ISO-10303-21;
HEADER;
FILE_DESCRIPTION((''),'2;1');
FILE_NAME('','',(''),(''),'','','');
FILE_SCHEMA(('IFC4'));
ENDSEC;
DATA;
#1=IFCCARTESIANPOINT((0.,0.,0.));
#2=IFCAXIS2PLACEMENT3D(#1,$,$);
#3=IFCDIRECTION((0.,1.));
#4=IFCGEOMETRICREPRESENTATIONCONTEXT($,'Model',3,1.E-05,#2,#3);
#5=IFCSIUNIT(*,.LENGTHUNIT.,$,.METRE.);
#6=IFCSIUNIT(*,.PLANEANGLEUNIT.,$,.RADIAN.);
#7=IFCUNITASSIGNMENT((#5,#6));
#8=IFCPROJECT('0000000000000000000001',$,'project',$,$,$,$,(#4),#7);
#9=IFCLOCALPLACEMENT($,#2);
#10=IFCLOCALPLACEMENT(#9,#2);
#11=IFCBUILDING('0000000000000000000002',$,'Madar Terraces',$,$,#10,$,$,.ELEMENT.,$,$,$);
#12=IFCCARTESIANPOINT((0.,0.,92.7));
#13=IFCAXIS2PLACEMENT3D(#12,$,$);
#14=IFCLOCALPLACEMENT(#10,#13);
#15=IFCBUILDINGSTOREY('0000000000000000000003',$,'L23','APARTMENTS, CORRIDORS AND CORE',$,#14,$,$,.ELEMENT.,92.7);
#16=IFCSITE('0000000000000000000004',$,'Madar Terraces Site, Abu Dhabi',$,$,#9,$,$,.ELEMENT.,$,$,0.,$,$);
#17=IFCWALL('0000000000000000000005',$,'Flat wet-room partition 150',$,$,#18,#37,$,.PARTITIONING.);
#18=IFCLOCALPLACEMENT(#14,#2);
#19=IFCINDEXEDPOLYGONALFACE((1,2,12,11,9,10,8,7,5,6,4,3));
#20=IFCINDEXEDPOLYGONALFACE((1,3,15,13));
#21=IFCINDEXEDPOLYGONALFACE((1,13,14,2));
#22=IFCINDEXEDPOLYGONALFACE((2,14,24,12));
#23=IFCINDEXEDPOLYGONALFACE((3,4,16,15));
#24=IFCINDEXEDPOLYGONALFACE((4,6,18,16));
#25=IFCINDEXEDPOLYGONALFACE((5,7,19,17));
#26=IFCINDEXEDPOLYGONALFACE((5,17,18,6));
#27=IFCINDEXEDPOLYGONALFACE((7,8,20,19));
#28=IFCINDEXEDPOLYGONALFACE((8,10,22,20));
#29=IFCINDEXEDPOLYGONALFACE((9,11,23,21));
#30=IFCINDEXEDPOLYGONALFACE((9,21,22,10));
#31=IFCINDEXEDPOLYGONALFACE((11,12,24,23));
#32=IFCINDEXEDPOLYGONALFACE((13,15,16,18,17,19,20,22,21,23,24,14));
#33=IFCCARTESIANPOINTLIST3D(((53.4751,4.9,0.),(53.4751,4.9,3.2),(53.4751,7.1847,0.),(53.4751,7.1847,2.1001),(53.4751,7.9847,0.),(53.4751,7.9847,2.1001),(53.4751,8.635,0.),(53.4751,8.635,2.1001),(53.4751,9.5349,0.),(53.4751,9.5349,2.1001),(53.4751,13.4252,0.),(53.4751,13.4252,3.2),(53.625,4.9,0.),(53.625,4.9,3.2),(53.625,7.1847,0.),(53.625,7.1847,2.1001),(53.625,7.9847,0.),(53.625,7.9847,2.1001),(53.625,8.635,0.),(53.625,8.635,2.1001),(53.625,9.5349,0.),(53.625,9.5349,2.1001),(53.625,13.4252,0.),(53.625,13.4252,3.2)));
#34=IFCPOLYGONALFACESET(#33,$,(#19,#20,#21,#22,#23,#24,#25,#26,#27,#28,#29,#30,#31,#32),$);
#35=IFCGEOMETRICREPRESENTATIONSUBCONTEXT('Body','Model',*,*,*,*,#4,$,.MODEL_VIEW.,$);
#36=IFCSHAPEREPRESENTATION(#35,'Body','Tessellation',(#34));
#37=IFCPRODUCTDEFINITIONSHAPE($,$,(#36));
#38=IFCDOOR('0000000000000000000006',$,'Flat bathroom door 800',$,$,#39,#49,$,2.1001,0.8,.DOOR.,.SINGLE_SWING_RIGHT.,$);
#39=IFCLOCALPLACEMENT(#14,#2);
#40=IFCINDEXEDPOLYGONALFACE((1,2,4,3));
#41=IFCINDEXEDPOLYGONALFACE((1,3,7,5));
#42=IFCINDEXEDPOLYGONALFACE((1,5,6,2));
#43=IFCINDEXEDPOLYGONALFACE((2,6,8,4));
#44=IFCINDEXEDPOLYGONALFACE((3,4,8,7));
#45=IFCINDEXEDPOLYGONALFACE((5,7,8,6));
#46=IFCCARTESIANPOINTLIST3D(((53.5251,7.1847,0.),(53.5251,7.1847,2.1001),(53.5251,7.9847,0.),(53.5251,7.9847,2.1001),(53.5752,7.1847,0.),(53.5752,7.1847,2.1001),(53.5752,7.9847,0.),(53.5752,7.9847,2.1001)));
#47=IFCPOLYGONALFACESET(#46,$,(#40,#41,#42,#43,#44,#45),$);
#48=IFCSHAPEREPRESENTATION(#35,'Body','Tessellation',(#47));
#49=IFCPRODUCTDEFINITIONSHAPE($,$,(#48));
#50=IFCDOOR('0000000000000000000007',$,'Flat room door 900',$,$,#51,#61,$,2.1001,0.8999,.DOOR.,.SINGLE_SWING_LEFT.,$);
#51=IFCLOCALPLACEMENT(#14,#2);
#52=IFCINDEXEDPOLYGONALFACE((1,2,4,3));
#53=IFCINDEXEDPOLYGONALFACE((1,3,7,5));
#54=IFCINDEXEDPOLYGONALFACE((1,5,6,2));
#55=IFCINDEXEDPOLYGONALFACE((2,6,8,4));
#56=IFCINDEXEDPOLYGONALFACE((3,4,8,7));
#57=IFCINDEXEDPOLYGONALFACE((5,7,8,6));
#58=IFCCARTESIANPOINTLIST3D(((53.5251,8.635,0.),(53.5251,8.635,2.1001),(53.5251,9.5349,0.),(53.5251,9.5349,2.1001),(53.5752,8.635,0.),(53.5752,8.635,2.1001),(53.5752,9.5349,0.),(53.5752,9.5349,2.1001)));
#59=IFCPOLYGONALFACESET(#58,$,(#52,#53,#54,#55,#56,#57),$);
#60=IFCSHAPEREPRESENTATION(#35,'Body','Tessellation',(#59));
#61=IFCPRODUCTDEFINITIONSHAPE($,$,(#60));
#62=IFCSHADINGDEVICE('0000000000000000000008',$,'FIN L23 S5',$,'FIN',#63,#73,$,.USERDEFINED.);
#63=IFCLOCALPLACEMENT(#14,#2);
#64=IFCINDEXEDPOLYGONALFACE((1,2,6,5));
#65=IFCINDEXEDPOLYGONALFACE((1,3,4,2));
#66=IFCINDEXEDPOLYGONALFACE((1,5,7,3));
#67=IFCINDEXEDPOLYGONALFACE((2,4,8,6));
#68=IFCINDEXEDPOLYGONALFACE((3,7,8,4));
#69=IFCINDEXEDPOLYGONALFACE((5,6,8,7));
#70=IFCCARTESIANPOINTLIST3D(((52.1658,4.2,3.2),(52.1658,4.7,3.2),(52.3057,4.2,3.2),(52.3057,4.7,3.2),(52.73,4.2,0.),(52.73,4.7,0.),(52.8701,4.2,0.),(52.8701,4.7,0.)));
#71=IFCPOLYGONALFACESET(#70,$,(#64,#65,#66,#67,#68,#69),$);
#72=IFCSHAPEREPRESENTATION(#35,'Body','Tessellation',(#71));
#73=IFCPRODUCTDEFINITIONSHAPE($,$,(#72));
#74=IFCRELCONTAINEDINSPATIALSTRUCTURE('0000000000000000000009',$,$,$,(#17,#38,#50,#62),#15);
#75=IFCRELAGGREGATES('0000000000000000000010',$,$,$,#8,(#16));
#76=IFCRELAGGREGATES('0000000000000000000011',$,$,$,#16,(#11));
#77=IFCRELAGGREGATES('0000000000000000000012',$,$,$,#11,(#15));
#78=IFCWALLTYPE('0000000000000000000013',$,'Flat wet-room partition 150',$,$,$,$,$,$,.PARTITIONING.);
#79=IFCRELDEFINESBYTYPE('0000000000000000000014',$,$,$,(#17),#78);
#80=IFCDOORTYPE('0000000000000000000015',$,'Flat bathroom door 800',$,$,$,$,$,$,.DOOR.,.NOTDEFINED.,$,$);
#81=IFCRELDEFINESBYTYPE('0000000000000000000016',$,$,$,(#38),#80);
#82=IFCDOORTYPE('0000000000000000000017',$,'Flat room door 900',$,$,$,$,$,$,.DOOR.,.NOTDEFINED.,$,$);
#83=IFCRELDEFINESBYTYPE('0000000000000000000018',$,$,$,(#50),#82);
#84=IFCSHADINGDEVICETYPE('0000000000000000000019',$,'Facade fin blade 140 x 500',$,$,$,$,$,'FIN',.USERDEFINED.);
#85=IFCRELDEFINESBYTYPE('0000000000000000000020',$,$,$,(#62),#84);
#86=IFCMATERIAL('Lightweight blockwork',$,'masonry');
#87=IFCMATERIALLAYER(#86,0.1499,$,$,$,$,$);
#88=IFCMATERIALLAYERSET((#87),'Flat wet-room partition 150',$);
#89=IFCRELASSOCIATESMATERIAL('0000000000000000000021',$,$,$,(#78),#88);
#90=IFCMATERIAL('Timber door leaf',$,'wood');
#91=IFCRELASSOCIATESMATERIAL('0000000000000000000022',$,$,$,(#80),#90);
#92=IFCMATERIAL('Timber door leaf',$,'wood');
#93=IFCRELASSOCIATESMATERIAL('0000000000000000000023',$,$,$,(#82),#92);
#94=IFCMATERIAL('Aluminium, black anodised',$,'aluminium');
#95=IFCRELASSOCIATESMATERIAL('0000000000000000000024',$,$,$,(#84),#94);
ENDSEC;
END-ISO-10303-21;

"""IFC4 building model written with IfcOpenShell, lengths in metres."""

from ifc_helpers import new_model, si_unit, direction, frame, frame_2d, origin, place, context, subcontext, project, spatial, polyline, rectangle, outline, extrude, material, layer, layer_set, type_object, element, fill, save


model = new_model("IFC4")

# Units and contexts
model_context = context("Model", 3, precision=1e-05, world=origin(), true_north=direction((0.0, 1.0)))
body_context = subcontext(model_context, "Body", "Model", "MODEL_VIEW")
ifc_project = project(units=[si_unit("LENGTHUNIT", "METRE"), si_unit("PLANEANGLEUNIT", "RADIAN")], contexts=[model_context])

# Site, building, storey
site_placement = place(None, origin())
site = spatial("IfcSite", under=ifc_project, at=site_placement, Name="Madar Terraces Site, Abu Dhabi", CompositionType="ELEMENT", RefElevation=0.0)
building_placement = place(site_placement, origin())
building = spatial("IfcBuilding", under=site, at=building_placement, Name="Madar Terraces", CompositionType="ELEMENT")
storey_placement = place(building_placement, frame((0.0, 0.0, 92.7)))
storey = spatial("IfcBuildingStorey", under=building, at=storey_placement, Name="L23", Description="APARTMENTS, CORRIDORS AND CORE", CompositionType="ELEMENT", Elevation=92.7)

# Shared definitions
ifc_material_1 = material(Name="Lightweight blockwork", Category="masonry")
ifc_layer_1 = layer(ifc_material_1, 0.1499)
ifc_layer_set_1 = layer_set([ifc_layer_1], Name="Flat wet-room partition 150")
wall_type_1 = type_object("IfcWallType", Name="Flat wet-room partition 150", PredefinedType="PARTITIONING", material=ifc_layer_set_1)

# Wall, openings, doors
wall_1_placement = place(storey_placement, frame((53.55, 4.8999, 0.0), z_axis=(0.0, 0.0, 1.0), x_axis=(0.0, 1.0, 0.0)))
wall_1 = element("IfcWall", 1, at=wall_1_placement, inside=storey, type_object=wall_type_1, Name="Flat wet-room partition 150", PredefinedType="PARTITIONING", context=body_context, shape_type="SweptSolid", body=[
    extrude(rectangle(XDim=8.5251, YDim=0.1499, at=frame_2d((4.2627, 0.0))), origin(), (0.0, 0.0, 1.0), 3.2),
])
opening_1_placement = place(wall_1_placement, frame((3.7351, 0.0, 0.0)))
opening_1 = element("IfcOpeningElement", 2, at=opening_1_placement, cuts=wall_1, PredefinedType="OPENING", context=body_context, shape_type="SweptSolid", body=[
    extrude(rectangle(XDim=0.8999, YDim=2.1001, at=frame_2d((0.45, 1.05))), frame((0.0, 0.085, 0.0), z_axis=(0.0, -1.0, 0.0), x_axis=(1.0, 0.0, 0.0)), (0.0, 0.0, 1.0), 0.1699),
])
opening_2_placement = place(wall_1_placement, frame((2.2849, 0.0, 0.0)))
opening_2 = element("IfcOpeningElement", 3, at=opening_2_placement, cuts=wall_1, PredefinedType="OPENING", context=body_context, shape_type="SweptSolid", body=[
    extrude(rectangle(XDim=0.8, YDim=2.1001, at=frame_2d((0.3999, 1.05))), frame((0.0, 0.085, 0.0), z_axis=(0.0, -1.0, 0.0), x_axis=(1.0, 0.0, 0.0)), (0.0, 0.0, 1.0), 0.1699),
])
ifc_material_2 = material(Name="Timber door leaf", Category="wood")
door_type_1 = type_object("IfcDoorType", Name="Flat bathroom door 800", OperationType="NOTDEFINED", PredefinedType="DOOR", material=ifc_material_2)
door_1_placement = place(opening_2_placement, origin())
door_1 = element("IfcDoor", 4, at=door_1_placement, inside=storey, type_object=door_type_1, Name="Flat bathroom door 800", OperationType="SINGLE_SWING_RIGHT", OverallHeight=2.1001, OverallWidth=0.8, PredefinedType="DOOR", context=body_context, shape_type="SweptSolid", body=[
    extrude(rectangle(XDim=0.8, YDim=2.1001, at=frame_2d((0.3999, 1.05))), frame((0.0, 0.0249, 0.0), z_axis=(0.0, -1.0, 0.0), x_axis=(1.0, 0.0, 0.0)), (0.0, 0.0, 1.0), 0.05),
])
fill(opening_2, door_1)
ifc_material_3 = material(Name="Timber door leaf", Category="wood")
door_type_2 = type_object("IfcDoorType", Name="Flat room door 900", OperationType="NOTDEFINED", PredefinedType="DOOR", material=ifc_material_3)
door_2_placement = place(opening_1_placement, origin())
door_2 = element("IfcDoor", 5, at=door_2_placement, inside=storey, type_object=door_type_2, Name="Flat room door 900", OperationType="SINGLE_SWING_LEFT", OverallHeight=2.1001, OverallWidth=0.8999, PredefinedType="DOOR", context=body_context, shape_type="SweptSolid", body=[
    extrude(rectangle(XDim=0.8999, YDim=2.1001, at=frame_2d((0.45, 1.05))), frame((0.0, 0.0249, 0.0), z_axis=(0.0, -1.0, 0.0), x_axis=(1.0, 0.0, 0.0)), (0.0, 0.0, 1.0), 0.05),
])
fill(opening_1, door_2)

# Shading device
ifc_material_4 = material(Name="Aluminium, black anodised", Category="aluminium")
shading_device_type = type_object("IfcShadingDeviceType", Name="Facade fin blade 140 x 500", ElementType="FIN", PredefinedType="USERDEFINED", material=ifc_material_4)
shading_device_placement = place(storey_placement, frame((52.73, 4.45, 0.0), z_axis=(0.0, 0.0, 1.0), x_axis=(1.0, 0.0, 0.0)))
element("IfcShadingDevice", 6, at=shading_device_placement, inside=storey, type_object=shading_device_type, Name="FIN L23 S5", ObjectType="FIN", PredefinedType="USERDEFINED", context=body_context, shape_type="SweptSolid", body=[
    extrude(outline(polyline([(0.0, 0.0), (0.1401, 0.0), (-0.4243, 3.2), (-0.5642, 3.2), (0.0, 0.0)])), frame((0.0, 0.25, 0.0), z_axis=(0.0, -1.0, 0.0), x_axis=(1.0, 0.0, 0.0)), (0.0, 0.0, 1.0), 0.5),
])

save(model, "model.ifc")
